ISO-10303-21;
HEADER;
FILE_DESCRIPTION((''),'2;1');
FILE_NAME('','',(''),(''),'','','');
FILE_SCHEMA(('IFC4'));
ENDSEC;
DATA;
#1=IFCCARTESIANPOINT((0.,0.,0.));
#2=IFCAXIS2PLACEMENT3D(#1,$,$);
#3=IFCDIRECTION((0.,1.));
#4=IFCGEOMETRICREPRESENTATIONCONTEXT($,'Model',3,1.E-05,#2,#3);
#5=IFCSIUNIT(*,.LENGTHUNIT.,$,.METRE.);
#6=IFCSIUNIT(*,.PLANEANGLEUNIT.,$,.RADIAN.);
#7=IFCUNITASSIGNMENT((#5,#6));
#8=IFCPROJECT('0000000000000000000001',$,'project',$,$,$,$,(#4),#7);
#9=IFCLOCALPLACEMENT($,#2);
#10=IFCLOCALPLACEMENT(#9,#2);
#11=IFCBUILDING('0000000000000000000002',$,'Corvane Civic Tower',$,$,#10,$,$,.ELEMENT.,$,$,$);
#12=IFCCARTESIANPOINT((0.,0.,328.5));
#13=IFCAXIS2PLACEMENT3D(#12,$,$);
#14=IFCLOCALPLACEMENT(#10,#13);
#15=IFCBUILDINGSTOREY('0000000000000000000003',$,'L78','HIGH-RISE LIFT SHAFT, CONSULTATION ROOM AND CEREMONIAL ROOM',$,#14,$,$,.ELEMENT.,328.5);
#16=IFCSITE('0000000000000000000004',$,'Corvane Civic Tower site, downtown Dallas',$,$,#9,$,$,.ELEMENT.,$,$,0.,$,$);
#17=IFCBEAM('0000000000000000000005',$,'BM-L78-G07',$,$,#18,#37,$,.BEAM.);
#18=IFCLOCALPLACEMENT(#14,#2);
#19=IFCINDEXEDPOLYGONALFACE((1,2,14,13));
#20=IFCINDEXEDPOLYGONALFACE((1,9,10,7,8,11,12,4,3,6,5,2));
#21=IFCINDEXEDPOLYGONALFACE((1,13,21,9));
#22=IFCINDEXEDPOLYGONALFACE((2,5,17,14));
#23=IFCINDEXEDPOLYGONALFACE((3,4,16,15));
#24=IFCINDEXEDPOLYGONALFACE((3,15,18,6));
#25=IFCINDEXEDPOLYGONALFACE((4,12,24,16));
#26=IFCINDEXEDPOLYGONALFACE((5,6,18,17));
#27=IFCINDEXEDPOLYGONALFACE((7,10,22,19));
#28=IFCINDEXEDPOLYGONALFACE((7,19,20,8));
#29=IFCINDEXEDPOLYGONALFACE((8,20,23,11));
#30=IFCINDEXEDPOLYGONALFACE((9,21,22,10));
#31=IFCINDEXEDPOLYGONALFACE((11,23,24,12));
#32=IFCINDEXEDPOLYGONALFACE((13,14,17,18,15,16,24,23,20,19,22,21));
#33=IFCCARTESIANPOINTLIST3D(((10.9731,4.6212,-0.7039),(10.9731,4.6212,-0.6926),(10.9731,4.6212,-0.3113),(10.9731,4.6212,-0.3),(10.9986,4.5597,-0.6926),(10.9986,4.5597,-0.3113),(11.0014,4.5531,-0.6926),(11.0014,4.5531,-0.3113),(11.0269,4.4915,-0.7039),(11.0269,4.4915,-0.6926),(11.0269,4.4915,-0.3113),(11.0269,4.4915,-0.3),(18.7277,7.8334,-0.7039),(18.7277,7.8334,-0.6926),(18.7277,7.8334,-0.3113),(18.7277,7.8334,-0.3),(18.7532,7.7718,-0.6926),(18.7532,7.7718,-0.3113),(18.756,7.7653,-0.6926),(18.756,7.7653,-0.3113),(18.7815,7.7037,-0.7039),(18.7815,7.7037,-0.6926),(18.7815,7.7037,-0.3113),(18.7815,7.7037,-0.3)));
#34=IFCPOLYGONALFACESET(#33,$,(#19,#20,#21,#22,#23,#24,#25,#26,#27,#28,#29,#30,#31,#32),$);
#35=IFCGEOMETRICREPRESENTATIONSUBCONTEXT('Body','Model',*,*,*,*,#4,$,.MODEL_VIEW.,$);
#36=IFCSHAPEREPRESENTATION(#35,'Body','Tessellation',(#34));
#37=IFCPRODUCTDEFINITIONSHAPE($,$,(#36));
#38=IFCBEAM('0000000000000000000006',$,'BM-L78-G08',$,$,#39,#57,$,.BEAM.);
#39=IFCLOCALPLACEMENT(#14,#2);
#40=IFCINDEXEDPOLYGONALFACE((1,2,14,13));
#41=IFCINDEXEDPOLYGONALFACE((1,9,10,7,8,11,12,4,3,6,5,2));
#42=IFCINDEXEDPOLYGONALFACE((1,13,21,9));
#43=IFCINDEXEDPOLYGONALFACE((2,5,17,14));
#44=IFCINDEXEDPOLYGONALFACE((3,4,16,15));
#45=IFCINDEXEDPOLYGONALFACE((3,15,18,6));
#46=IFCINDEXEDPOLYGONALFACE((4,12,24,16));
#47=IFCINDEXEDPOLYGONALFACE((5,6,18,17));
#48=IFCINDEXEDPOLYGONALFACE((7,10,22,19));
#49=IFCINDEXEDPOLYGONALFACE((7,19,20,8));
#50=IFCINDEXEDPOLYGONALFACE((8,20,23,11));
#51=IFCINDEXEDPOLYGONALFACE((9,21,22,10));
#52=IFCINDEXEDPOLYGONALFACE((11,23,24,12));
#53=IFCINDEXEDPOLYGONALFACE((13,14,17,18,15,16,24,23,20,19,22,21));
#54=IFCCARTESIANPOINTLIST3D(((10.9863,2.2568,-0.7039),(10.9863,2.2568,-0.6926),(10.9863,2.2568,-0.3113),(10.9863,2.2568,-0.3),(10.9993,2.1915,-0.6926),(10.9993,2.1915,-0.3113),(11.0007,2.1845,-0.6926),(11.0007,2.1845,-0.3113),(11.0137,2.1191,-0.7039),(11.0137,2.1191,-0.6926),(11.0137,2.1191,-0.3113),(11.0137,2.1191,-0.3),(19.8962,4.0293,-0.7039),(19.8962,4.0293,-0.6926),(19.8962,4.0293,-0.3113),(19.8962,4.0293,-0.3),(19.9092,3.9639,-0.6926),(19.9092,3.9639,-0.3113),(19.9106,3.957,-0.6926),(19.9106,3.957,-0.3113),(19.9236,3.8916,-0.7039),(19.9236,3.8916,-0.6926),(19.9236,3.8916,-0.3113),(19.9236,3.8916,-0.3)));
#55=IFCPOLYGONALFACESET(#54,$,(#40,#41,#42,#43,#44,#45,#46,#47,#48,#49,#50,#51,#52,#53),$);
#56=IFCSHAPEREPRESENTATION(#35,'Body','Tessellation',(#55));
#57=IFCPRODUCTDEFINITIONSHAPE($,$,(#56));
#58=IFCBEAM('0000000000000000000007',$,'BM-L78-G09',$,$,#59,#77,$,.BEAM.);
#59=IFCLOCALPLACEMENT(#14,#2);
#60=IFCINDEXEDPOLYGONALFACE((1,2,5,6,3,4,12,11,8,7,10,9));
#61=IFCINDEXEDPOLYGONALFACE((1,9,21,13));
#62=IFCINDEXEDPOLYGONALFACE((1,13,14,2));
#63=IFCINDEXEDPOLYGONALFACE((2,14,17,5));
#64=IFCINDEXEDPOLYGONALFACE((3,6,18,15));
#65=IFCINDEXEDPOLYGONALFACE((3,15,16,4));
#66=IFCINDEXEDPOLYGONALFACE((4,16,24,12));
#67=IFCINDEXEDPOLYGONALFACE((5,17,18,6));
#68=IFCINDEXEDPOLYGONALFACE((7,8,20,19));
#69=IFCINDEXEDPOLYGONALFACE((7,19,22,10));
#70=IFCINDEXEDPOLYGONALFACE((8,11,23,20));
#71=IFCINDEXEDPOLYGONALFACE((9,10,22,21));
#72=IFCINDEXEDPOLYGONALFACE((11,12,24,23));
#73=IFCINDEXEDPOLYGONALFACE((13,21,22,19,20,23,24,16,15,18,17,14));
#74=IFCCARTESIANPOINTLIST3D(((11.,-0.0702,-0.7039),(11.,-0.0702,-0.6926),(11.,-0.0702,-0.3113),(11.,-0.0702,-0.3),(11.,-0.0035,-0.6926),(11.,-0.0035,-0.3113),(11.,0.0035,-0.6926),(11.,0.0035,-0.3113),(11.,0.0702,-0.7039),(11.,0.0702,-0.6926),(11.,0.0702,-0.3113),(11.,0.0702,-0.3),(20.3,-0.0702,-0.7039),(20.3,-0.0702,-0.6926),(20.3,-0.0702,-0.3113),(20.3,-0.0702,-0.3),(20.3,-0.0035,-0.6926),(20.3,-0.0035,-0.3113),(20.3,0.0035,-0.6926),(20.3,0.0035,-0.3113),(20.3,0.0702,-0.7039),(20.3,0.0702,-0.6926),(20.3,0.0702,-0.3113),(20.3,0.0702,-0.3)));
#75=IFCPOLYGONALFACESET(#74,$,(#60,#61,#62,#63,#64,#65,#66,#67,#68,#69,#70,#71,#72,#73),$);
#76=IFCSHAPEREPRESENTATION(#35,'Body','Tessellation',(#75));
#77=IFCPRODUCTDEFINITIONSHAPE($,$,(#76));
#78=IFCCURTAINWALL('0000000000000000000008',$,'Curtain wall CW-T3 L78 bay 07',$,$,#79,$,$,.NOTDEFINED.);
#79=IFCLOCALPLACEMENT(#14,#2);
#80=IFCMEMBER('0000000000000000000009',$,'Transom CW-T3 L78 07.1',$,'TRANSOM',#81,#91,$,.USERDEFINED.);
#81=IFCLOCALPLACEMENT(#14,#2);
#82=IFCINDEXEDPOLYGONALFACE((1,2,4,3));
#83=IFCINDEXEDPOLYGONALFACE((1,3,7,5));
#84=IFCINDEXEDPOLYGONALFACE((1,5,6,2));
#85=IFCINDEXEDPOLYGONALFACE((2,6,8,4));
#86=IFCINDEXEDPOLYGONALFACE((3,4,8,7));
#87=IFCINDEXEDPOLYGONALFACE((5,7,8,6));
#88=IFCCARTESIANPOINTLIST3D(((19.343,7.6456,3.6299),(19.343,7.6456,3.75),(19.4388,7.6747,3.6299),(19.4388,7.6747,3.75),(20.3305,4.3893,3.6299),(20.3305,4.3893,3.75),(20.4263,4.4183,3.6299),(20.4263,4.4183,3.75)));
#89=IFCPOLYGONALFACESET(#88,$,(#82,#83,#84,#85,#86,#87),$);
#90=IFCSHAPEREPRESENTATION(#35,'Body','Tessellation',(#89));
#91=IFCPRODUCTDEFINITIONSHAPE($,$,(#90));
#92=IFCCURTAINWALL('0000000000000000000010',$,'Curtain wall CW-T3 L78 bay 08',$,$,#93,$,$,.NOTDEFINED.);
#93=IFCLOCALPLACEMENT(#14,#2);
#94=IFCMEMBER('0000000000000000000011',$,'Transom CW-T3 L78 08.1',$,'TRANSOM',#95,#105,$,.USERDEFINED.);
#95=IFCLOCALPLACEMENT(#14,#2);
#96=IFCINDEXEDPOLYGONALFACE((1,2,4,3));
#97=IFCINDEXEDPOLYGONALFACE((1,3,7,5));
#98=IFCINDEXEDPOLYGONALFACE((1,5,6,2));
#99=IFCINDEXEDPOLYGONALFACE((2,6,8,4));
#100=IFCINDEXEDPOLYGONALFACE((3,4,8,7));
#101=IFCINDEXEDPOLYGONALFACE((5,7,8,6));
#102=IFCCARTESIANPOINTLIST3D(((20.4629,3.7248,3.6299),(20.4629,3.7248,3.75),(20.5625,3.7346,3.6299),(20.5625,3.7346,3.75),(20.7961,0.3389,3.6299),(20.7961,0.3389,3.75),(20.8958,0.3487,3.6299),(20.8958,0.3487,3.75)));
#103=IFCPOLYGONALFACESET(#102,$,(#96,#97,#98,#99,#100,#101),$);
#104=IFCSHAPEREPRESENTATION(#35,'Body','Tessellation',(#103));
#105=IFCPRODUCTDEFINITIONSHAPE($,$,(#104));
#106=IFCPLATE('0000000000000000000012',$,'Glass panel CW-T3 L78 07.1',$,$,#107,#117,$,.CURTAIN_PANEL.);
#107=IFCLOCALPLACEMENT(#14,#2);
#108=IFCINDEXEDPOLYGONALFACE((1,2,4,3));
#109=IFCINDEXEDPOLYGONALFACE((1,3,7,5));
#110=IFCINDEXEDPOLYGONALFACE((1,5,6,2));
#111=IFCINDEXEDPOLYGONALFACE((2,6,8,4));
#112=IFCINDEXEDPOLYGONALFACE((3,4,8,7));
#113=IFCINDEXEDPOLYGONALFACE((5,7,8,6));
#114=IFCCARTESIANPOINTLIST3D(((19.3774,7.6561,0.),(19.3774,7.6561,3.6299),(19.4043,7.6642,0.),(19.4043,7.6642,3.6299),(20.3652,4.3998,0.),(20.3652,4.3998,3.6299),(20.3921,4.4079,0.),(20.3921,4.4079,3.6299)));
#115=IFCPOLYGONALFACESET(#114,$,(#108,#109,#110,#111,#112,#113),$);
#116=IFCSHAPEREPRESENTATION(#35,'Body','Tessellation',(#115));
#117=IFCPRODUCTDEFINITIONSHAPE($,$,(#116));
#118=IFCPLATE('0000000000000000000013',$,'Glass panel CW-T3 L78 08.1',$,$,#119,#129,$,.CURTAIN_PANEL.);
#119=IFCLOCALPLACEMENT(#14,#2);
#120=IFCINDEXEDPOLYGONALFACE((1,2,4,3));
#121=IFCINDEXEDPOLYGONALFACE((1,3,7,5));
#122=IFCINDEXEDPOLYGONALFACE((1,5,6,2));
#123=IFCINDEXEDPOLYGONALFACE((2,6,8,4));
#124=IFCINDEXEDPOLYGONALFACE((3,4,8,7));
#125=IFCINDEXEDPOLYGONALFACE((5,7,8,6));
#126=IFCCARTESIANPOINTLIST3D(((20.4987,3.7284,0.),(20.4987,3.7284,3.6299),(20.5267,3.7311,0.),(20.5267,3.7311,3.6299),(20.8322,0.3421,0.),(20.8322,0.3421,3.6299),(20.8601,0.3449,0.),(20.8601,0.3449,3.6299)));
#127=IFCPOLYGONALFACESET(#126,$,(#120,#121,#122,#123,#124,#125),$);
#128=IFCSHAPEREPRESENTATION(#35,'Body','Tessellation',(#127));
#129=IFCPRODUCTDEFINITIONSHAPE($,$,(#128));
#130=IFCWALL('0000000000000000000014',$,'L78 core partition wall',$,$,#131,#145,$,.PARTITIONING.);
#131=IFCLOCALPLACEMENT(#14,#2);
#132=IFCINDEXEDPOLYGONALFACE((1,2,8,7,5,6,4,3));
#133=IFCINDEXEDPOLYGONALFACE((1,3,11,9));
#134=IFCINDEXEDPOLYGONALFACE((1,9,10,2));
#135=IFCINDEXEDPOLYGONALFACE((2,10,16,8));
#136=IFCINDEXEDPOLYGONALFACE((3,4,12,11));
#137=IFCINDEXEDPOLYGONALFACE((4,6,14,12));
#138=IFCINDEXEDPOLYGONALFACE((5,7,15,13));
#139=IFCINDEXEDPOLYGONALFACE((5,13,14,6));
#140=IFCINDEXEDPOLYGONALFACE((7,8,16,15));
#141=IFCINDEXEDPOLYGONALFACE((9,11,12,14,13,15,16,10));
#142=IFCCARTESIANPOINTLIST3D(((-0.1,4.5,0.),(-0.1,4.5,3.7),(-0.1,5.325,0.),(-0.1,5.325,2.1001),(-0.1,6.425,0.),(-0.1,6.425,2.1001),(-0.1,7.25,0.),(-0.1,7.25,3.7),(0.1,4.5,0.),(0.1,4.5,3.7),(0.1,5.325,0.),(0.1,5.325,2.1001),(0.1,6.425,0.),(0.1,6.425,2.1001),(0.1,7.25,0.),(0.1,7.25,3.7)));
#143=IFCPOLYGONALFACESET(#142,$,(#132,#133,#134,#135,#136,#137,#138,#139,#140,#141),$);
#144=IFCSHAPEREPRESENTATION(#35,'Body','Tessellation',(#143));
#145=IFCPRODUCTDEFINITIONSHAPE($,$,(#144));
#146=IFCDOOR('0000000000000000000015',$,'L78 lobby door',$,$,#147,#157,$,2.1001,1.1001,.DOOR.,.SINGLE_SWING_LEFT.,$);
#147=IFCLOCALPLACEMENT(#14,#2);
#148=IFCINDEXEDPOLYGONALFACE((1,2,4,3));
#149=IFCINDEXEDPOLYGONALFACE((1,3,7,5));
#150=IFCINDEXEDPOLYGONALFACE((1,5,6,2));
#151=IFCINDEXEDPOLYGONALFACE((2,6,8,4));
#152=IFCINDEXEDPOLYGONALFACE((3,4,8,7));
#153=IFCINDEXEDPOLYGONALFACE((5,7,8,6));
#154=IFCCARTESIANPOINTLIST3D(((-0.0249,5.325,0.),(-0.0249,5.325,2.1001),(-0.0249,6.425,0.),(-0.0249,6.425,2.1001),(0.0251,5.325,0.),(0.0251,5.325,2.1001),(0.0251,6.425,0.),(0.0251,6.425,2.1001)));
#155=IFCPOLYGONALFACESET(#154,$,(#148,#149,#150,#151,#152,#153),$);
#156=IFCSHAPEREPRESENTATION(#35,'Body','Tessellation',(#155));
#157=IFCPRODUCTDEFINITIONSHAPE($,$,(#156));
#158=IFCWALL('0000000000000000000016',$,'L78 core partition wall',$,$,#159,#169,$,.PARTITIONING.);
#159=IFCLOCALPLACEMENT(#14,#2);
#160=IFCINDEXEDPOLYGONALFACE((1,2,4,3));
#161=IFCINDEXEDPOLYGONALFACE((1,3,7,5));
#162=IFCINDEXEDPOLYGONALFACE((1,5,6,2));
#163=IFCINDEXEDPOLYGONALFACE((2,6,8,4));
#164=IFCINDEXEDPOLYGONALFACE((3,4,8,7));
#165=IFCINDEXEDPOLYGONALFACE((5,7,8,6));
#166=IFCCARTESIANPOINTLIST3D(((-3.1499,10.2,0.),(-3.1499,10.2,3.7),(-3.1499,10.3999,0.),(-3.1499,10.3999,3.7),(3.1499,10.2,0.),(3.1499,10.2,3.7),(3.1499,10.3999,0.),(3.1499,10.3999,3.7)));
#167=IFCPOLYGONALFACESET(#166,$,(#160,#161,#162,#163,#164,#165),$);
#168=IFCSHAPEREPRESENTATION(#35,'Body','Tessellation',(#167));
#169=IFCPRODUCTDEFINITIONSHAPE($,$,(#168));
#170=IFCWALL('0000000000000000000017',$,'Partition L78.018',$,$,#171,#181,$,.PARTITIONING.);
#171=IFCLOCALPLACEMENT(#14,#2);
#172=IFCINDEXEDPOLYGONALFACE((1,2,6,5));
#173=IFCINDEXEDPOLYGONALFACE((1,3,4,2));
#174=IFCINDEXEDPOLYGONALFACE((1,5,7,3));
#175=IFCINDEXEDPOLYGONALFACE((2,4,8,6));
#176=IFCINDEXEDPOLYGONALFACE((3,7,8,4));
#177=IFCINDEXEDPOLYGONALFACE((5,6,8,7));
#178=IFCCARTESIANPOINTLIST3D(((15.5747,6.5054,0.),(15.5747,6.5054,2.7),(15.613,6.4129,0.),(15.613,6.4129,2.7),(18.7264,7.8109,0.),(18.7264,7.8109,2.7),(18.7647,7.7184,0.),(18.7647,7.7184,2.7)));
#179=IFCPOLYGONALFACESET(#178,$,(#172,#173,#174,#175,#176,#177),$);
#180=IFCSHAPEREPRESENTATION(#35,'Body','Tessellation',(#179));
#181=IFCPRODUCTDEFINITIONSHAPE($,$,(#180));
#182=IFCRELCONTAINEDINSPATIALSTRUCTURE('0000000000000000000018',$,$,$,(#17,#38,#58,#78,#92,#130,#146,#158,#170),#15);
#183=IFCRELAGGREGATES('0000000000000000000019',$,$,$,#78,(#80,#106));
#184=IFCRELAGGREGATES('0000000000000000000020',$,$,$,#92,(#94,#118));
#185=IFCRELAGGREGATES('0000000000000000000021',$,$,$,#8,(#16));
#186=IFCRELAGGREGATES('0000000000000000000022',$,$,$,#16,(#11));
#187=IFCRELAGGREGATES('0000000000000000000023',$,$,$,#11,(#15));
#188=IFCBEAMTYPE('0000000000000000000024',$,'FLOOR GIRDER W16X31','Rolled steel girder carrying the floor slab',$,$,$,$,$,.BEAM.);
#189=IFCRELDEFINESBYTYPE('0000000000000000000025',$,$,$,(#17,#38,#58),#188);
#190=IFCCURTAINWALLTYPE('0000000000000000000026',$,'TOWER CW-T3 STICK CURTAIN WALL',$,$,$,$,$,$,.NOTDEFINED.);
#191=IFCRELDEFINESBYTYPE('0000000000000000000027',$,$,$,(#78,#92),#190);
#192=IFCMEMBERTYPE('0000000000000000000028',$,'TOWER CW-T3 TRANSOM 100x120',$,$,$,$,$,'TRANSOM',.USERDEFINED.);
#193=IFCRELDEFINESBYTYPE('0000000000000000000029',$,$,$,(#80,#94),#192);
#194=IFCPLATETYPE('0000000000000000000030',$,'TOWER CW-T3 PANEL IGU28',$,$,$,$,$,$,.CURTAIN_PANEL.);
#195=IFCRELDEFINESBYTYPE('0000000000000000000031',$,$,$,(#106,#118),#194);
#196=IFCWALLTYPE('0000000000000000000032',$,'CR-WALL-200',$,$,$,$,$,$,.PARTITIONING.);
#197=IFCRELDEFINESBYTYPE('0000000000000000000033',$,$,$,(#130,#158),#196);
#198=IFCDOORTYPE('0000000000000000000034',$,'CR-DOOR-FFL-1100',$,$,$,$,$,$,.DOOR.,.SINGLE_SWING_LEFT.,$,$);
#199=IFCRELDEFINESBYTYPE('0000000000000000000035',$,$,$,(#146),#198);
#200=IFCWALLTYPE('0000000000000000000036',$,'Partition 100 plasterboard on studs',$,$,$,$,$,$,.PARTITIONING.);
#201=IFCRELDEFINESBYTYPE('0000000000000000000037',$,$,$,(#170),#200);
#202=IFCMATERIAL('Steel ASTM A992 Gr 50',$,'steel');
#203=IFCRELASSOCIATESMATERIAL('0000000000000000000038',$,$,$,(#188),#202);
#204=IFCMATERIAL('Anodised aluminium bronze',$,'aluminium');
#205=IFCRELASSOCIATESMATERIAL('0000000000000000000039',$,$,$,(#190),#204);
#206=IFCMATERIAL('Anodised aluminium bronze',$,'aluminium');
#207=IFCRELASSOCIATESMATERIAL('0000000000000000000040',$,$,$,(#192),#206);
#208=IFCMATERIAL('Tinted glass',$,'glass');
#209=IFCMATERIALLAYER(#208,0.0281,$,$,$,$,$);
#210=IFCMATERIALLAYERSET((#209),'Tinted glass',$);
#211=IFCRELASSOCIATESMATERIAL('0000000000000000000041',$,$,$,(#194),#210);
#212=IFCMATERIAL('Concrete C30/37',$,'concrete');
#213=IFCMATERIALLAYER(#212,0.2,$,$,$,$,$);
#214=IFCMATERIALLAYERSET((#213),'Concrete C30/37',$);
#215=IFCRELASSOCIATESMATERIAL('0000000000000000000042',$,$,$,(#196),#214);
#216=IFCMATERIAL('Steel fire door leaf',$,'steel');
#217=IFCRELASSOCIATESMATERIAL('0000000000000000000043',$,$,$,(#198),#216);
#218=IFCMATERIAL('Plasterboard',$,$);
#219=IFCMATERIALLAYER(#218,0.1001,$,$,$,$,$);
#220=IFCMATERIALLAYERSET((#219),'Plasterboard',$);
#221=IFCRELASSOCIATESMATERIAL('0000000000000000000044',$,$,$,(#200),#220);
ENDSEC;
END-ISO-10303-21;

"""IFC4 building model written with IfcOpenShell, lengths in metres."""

from ifc_helpers import new_model, si_unit, direction, frame, frame_2d, origin, origin_2d, place, context, subcontext, project, spatial, polyline, rectangle, i_section, outline, extrude, material, layer, layer_set, material_profile, profile_set, type_object, element, fill, aggregate, save


model = new_model("IFC4")

# Units and contexts
model_context = context("Model", 3, precision=1e-05, world=origin(), true_north=direction((0.0, 1.0)))
body_context = subcontext(model_context, "Body", "Model", "MODEL_VIEW")
ifc_project = project(units=[si_unit("LENGTHUNIT", "METRE"), si_unit("PLANEANGLEUNIT", "RADIAN")], contexts=[model_context])

# Site, building, storey
site_placement = place(None, origin())
site = spatial("IfcSite", under=ifc_project, at=site_placement, Name="Corvane Civic Tower site, downtown Dallas", CompositionType="ELEMENT", RefElevation=0.0)
building_placement = place(site_placement, origin())
building = spatial("IfcBuilding", under=site, at=building_placement, Name="Corvane Civic Tower", CompositionType="ELEMENT")
storey_placement = place(building_placement, frame((0.0, 0.0, 328.5)))
storey = spatial("IfcBuildingStorey", under=building, at=storey_placement, Name="L78", Description="HIGH-RISE LIFT SHAFT, CONSULTATION ROOM AND CEREMONIAL ROOM", CompositionType="ELEMENT", Elevation=328.5)

# Beams
ifc_material_1 = material(Name="Steel ASTM A992 Gr 50", Category="steel")
ifc_material_profile_1 = material_profile(ifc_material_1, i_section(OverallWidth=0.1404, OverallDepth=0.4038, WebThickness=0.0071, FlangeThickness=0.0112, at=origin_2d()), Name="W16X31")
ifc_profile_set_1 = profile_set([ifc_material_profile_1], Name="Steel ASTM A992 Gr 50")
beam_type_1 = type_object("IfcBeamType", Name="FLOOR GIRDER W16X31", Description="Rolled steel girder carrying the floor slab", PredefinedType="BEAM", material=ifc_profile_set_1)
beam_1_placement = place(storey_placement, frame((11.0, 4.5564, -0.502), z_axis=(0.923876, 0.382692, 0.0), x_axis=(-0.382692, 0.923876, 0.0)))
element("IfcBeam", 1, at=beam_1_placement, inside=storey, type_object=beam_type_1, Name="BM-L78-G07", PredefinedType="BEAM", context=body_context, shape_type="SweptSolid", body=[
    extrude(i_section(OverallWidth=0.1404, OverallDepth=0.4038, WebThickness=0.0071, FlangeThickness=0.0112, at=origin_2d()), origin(), (0.0, 0.0, 1.0), 8.3936),
])
beam_2_placement = place(storey_placement, frame((11.0, 2.188, -0.502), z_axis=(0.980782, 0.195108, 0.0), x_axis=(-0.195108, 0.980782, 0.0)))
element("IfcBeam", 2, at=beam_2_placement, inside=storey, type_object=beam_type_1, Name="BM-L78-G08", PredefinedType="BEAM", context=body_context, shape_type="SweptSolid", body=[
    extrude(i_section(OverallWidth=0.1404, OverallDepth=0.4038, WebThickness=0.0071, FlangeThickness=0.0112, at=origin_2d()), origin(), (0.0, 0.0, 1.0), 9.0845),
])
beam_3_placement = place(storey_placement, frame((11.0, 0.0, -0.502), z_axis=(1.0, 0.0, 0.0), x_axis=(0.0, 1.0, 0.0)))
element("IfcBeam", 3, at=beam_3_placement, inside=storey, type_object=beam_type_1, Name="BM-L78-G09", PredefinedType="BEAM", context=body_context, shape_type="SweptSolid", body=[
    extrude(i_section(OverallWidth=0.1404, OverallDepth=0.4038, WebThickness=0.0071, FlangeThickness=0.0112, at=origin_2d()), origin(), (0.0, 0.0, 1.0), 9.3),
])

# Curtain walls, members
ifc_material_2 = material(Name="Anodised aluminium bronze", Category="aluminium")
curtain_wall_type = type_object("IfcCurtainWallType", Name="TOWER CW-T3 STICK CURTAIN WALL", PredefinedType="NOTDEFINED", material=ifc_material_2)
curtain_wall_1_placement = place(storey_placement, origin())
curtain_wall_1 = element("IfcCurtainWall", 4, at=curtain_wall_1_placement, inside=storey, type_object=curtain_wall_type, Name="Curtain wall CW-T3 L78 bay 07", PredefinedType="NOTDEFINED")
ifc_material_3 = material(Name="Anodised aluminium bronze", Category="aluminium")
ifc_material_profile_2 = material_profile(ifc_material_3, rectangle(XDim=0.1001, YDim=0.1201, at=origin_2d()), Name="TOWER CW-T3 TRANSOM 100x120")
ifc_profile_set_2 = profile_set([ifc_material_profile_2], Name="Anodised aluminium bronze")
member_type = type_object("IfcMemberType", Name="TOWER CW-T3 TRANSOM 100x120", ElementType="TRANSOM", PredefinedType="USERDEFINED", material=ifc_profile_set_2)
member_1_placement = place(storey_placement, frame((19.3909, 7.6602, 3.6899), z_axis=(0.290216, -0.956961, 0.0), x_axis=(0.956961, 0.290216, 0.0)))
member_1 = element("IfcMember", 5, at=member_1_placement, type_object=member_type, Name="Transom CW-T3 L78 07.1", ObjectType="TRANSOM", PredefinedType="USERDEFINED", context=body_context, shape_type="SweptSolid", body=[
    extrude(rectangle(XDim=0.1001, YDim=0.1201, at=origin_2d()), origin(), (0.0, 0.0, 1.0), 3.4028),
])
curtain_wall_2_placement = place(storey_placement, origin())
curtain_wall_2 = element("IfcCurtainWall", 6, at=curtain_wall_2_placement, inside=storey, type_object=curtain_wall_type, Name="Curtain wall CW-T3 L78 bay 08", PredefinedType="NOTDEFINED")
member_2_placement = place(storey_placement, frame((20.5127, 3.7297, 3.6899), z_axis=(0.097948, -0.995192, 0.0), x_axis=(0.995192, 0.097948, 0.0)))
member_2 = element("IfcMember", 7, at=member_2_placement, type_object=member_type, Name="Transom CW-T3 L78 08.1", ObjectType="TRANSOM", PredefinedType="USERDEFINED", context=body_context, shape_type="SweptSolid", body=[
    extrude(rectangle(XDim=0.1001, YDim=0.1201, at=origin_2d()), origin(), (0.0, 0.0, 1.0), 3.4023),
])

# Plates
ifc_material_4 = material(Name="Tinted glass", Category="glass")
ifc_layer_1 = layer(ifc_material_4, 0.0281)
ifc_layer_set_1 = layer_set([ifc_layer_1], Name="Tinted glass")
plate_type = type_object("IfcPlateType", Name="TOWER CW-T3 PANEL IGU28", PredefinedType="CURTAIN_PANEL", material=ifc_layer_set_1)
plate_1_placement = place(storey_placement, frame((19.8848, 6.032, 0.0), z_axis=(0.0, 0.0, 1.0), x_axis=(0.29029, -0.956939, 0.0)))
plate_1 = element("IfcPlate", 8, at=plate_1_placement, type_object=plate_type, Name="Glass panel CW-T3 L78 07.1", PredefinedType="CURTAIN_PANEL", context=body_context, shape_type="SweptSolid", body=[
    extrude(rectangle(XDim=3.4028, YDim=0.0281, at=origin_2d()), origin(), (0.0, 0.0, 1.0), 3.6299),
])
aggregate(curtain_wall_1, [member_1, plate_1])
plate_2_placement = place(storey_placement, frame((20.6794, 2.0366, 0.0), z_axis=(0.0, 0.0, 1.0), x_axis=(0.097998, -0.995187, 0.0)))
plate_2 = element("IfcPlate", 9, at=plate_2_placement, type_object=plate_type, Name="Glass panel CW-T3 L78 08.1", PredefinedType="CURTAIN_PANEL", context=body_context, shape_type="SweptSolid", body=[
    extrude(rectangle(XDim=3.4026, YDim=0.0281, at=origin_2d()), origin(), (0.0, 0.0, 1.0), 3.6299),
])
aggregate(curtain_wall_2, [member_2, plate_2])

# Wall, opening, door
ifc_material_5 = material(Name="Concrete C30/37", Category="concrete")
ifc_layer_2 = layer(ifc_material_5, 0.2)
ifc_layer_set_2 = layer_set([ifc_layer_2], Name="Concrete C30/37")
wall_type_1 = type_object("IfcWallType", Name="CR-WALL-200", PredefinedType="PARTITIONING", material=ifc_layer_set_2)
wall_1_placement = place(storey_placement, frame((0.0, 4.5, 0.0), z_axis=(0.0, 0.0, 1.0), x_axis=(0.0, 1.0, 0.0)))
wall_1 = element("IfcWall", 10, at=wall_1_placement, inside=storey, type_object=wall_type_1, Name="L78 core partition wall", PredefinedType="PARTITIONING", context=body_context, shape_type="SweptSolid", body=[
    extrude(rectangle(XDim=2.75, YDim=0.2, at=frame_2d((1.375, 0.0))), origin(), (0.0, 0.0, 1.0), 3.7),
])
opening_1_placement = place(wall_1_placement, frame((0.825, 0.0, 0.0)))
opening_1 = element("IfcOpeningElement", 11, at=opening_1_placement, cuts=wall_1, PredefinedType="OPENING", context=body_context, shape_type="SweptSolid", body=[
    extrude(rectangle(XDim=1.1001, YDim=2.1001, at=frame_2d((0.55, 1.05))), frame((0.0, 0.1099, 0.0), z_axis=(0.0, -1.0, 0.0), x_axis=(1.0, 0.0, 0.0)), (0.0, 0.0, 1.0), 0.22),
])
ifc_material_6 = material(Name="Steel fire door leaf", Category="steel")
door_type_1 = type_object("IfcDoorType", Name="CR-DOOR-FFL-1100", OperationType="SINGLE_SWING_LEFT", PredefinedType="DOOR", material=ifc_material_6)
door_1_placement = place(opening_1_placement, origin())
door_1 = element("IfcDoor", 12, at=door_1_placement, inside=storey, type_object=door_type_1, Name="L78 lobby door", OperationType="SINGLE_SWING_LEFT", OverallHeight=2.1001, OverallWidth=1.1001, PredefinedType="DOOR", context=body_context, shape_type="SweptSolid", body=[
    extrude(rectangle(XDim=1.1001, YDim=2.1001, at=frame_2d((0.55, 1.05))), frame((0.0, 0.0249, 0.0), z_axis=(0.0, -1.0, 0.0), x_axis=(1.0, 0.0, 0.0)), (0.0, 0.0, 1.0), 0.05),
])
fill(opening_1, door_1)

# Walls
wall_2_placement = place(storey_placement, origin())
element("IfcWall", 13, at=wall_2_placement, inside=storey, type_object=wall_type_1, Name="L78 core partition wall", PredefinedType="PARTITIONING", context=body_context, shape_type="SweptSolid", body=[
    extrude(outline(polyline([(3.1499, 10.2), (-3.1499, 10.2), (-3.1499, 10.3999), (3.1499, 10.3999), (3.1499, 10.2)])), origin(), (0.0, 0.0, 1.0), 3.7),
])
ifc_material_7 = material(Name="Plasterboard")
ifc_layer_3 = layer(ifc_material_7, 0.1001)
ifc_layer_set_3 = layer_set([ifc_layer_3], Name="Plasterboard")
wall_type_2 = type_object("IfcWallType", Name="Partition 100 plasterboard on studs", PredefinedType="PARTITIONING", material=ifc_layer_set_3)
wall_3_placement = place(storey_placement, frame((15.594, 6.4592, 0.0), z_axis=(0.0, 0.0, 1.0), x_axis=(0.923882, 0.382678, 0.0)))
element("IfcWall", 14, at=wall_3_placement, inside=storey, type_object=wall_type_2, Name="Partition L78.018", PredefinedType="PARTITIONING", context=body_context, shape_type="SweptSolid", body=[
    extrude(rectangle(XDim=3.4114, YDim=0.1001, at=frame_2d((1.7056, 0.0))), origin(), (0.0, 0.0, 1.0), 2.7),
])

save(model, "model.ifc")
